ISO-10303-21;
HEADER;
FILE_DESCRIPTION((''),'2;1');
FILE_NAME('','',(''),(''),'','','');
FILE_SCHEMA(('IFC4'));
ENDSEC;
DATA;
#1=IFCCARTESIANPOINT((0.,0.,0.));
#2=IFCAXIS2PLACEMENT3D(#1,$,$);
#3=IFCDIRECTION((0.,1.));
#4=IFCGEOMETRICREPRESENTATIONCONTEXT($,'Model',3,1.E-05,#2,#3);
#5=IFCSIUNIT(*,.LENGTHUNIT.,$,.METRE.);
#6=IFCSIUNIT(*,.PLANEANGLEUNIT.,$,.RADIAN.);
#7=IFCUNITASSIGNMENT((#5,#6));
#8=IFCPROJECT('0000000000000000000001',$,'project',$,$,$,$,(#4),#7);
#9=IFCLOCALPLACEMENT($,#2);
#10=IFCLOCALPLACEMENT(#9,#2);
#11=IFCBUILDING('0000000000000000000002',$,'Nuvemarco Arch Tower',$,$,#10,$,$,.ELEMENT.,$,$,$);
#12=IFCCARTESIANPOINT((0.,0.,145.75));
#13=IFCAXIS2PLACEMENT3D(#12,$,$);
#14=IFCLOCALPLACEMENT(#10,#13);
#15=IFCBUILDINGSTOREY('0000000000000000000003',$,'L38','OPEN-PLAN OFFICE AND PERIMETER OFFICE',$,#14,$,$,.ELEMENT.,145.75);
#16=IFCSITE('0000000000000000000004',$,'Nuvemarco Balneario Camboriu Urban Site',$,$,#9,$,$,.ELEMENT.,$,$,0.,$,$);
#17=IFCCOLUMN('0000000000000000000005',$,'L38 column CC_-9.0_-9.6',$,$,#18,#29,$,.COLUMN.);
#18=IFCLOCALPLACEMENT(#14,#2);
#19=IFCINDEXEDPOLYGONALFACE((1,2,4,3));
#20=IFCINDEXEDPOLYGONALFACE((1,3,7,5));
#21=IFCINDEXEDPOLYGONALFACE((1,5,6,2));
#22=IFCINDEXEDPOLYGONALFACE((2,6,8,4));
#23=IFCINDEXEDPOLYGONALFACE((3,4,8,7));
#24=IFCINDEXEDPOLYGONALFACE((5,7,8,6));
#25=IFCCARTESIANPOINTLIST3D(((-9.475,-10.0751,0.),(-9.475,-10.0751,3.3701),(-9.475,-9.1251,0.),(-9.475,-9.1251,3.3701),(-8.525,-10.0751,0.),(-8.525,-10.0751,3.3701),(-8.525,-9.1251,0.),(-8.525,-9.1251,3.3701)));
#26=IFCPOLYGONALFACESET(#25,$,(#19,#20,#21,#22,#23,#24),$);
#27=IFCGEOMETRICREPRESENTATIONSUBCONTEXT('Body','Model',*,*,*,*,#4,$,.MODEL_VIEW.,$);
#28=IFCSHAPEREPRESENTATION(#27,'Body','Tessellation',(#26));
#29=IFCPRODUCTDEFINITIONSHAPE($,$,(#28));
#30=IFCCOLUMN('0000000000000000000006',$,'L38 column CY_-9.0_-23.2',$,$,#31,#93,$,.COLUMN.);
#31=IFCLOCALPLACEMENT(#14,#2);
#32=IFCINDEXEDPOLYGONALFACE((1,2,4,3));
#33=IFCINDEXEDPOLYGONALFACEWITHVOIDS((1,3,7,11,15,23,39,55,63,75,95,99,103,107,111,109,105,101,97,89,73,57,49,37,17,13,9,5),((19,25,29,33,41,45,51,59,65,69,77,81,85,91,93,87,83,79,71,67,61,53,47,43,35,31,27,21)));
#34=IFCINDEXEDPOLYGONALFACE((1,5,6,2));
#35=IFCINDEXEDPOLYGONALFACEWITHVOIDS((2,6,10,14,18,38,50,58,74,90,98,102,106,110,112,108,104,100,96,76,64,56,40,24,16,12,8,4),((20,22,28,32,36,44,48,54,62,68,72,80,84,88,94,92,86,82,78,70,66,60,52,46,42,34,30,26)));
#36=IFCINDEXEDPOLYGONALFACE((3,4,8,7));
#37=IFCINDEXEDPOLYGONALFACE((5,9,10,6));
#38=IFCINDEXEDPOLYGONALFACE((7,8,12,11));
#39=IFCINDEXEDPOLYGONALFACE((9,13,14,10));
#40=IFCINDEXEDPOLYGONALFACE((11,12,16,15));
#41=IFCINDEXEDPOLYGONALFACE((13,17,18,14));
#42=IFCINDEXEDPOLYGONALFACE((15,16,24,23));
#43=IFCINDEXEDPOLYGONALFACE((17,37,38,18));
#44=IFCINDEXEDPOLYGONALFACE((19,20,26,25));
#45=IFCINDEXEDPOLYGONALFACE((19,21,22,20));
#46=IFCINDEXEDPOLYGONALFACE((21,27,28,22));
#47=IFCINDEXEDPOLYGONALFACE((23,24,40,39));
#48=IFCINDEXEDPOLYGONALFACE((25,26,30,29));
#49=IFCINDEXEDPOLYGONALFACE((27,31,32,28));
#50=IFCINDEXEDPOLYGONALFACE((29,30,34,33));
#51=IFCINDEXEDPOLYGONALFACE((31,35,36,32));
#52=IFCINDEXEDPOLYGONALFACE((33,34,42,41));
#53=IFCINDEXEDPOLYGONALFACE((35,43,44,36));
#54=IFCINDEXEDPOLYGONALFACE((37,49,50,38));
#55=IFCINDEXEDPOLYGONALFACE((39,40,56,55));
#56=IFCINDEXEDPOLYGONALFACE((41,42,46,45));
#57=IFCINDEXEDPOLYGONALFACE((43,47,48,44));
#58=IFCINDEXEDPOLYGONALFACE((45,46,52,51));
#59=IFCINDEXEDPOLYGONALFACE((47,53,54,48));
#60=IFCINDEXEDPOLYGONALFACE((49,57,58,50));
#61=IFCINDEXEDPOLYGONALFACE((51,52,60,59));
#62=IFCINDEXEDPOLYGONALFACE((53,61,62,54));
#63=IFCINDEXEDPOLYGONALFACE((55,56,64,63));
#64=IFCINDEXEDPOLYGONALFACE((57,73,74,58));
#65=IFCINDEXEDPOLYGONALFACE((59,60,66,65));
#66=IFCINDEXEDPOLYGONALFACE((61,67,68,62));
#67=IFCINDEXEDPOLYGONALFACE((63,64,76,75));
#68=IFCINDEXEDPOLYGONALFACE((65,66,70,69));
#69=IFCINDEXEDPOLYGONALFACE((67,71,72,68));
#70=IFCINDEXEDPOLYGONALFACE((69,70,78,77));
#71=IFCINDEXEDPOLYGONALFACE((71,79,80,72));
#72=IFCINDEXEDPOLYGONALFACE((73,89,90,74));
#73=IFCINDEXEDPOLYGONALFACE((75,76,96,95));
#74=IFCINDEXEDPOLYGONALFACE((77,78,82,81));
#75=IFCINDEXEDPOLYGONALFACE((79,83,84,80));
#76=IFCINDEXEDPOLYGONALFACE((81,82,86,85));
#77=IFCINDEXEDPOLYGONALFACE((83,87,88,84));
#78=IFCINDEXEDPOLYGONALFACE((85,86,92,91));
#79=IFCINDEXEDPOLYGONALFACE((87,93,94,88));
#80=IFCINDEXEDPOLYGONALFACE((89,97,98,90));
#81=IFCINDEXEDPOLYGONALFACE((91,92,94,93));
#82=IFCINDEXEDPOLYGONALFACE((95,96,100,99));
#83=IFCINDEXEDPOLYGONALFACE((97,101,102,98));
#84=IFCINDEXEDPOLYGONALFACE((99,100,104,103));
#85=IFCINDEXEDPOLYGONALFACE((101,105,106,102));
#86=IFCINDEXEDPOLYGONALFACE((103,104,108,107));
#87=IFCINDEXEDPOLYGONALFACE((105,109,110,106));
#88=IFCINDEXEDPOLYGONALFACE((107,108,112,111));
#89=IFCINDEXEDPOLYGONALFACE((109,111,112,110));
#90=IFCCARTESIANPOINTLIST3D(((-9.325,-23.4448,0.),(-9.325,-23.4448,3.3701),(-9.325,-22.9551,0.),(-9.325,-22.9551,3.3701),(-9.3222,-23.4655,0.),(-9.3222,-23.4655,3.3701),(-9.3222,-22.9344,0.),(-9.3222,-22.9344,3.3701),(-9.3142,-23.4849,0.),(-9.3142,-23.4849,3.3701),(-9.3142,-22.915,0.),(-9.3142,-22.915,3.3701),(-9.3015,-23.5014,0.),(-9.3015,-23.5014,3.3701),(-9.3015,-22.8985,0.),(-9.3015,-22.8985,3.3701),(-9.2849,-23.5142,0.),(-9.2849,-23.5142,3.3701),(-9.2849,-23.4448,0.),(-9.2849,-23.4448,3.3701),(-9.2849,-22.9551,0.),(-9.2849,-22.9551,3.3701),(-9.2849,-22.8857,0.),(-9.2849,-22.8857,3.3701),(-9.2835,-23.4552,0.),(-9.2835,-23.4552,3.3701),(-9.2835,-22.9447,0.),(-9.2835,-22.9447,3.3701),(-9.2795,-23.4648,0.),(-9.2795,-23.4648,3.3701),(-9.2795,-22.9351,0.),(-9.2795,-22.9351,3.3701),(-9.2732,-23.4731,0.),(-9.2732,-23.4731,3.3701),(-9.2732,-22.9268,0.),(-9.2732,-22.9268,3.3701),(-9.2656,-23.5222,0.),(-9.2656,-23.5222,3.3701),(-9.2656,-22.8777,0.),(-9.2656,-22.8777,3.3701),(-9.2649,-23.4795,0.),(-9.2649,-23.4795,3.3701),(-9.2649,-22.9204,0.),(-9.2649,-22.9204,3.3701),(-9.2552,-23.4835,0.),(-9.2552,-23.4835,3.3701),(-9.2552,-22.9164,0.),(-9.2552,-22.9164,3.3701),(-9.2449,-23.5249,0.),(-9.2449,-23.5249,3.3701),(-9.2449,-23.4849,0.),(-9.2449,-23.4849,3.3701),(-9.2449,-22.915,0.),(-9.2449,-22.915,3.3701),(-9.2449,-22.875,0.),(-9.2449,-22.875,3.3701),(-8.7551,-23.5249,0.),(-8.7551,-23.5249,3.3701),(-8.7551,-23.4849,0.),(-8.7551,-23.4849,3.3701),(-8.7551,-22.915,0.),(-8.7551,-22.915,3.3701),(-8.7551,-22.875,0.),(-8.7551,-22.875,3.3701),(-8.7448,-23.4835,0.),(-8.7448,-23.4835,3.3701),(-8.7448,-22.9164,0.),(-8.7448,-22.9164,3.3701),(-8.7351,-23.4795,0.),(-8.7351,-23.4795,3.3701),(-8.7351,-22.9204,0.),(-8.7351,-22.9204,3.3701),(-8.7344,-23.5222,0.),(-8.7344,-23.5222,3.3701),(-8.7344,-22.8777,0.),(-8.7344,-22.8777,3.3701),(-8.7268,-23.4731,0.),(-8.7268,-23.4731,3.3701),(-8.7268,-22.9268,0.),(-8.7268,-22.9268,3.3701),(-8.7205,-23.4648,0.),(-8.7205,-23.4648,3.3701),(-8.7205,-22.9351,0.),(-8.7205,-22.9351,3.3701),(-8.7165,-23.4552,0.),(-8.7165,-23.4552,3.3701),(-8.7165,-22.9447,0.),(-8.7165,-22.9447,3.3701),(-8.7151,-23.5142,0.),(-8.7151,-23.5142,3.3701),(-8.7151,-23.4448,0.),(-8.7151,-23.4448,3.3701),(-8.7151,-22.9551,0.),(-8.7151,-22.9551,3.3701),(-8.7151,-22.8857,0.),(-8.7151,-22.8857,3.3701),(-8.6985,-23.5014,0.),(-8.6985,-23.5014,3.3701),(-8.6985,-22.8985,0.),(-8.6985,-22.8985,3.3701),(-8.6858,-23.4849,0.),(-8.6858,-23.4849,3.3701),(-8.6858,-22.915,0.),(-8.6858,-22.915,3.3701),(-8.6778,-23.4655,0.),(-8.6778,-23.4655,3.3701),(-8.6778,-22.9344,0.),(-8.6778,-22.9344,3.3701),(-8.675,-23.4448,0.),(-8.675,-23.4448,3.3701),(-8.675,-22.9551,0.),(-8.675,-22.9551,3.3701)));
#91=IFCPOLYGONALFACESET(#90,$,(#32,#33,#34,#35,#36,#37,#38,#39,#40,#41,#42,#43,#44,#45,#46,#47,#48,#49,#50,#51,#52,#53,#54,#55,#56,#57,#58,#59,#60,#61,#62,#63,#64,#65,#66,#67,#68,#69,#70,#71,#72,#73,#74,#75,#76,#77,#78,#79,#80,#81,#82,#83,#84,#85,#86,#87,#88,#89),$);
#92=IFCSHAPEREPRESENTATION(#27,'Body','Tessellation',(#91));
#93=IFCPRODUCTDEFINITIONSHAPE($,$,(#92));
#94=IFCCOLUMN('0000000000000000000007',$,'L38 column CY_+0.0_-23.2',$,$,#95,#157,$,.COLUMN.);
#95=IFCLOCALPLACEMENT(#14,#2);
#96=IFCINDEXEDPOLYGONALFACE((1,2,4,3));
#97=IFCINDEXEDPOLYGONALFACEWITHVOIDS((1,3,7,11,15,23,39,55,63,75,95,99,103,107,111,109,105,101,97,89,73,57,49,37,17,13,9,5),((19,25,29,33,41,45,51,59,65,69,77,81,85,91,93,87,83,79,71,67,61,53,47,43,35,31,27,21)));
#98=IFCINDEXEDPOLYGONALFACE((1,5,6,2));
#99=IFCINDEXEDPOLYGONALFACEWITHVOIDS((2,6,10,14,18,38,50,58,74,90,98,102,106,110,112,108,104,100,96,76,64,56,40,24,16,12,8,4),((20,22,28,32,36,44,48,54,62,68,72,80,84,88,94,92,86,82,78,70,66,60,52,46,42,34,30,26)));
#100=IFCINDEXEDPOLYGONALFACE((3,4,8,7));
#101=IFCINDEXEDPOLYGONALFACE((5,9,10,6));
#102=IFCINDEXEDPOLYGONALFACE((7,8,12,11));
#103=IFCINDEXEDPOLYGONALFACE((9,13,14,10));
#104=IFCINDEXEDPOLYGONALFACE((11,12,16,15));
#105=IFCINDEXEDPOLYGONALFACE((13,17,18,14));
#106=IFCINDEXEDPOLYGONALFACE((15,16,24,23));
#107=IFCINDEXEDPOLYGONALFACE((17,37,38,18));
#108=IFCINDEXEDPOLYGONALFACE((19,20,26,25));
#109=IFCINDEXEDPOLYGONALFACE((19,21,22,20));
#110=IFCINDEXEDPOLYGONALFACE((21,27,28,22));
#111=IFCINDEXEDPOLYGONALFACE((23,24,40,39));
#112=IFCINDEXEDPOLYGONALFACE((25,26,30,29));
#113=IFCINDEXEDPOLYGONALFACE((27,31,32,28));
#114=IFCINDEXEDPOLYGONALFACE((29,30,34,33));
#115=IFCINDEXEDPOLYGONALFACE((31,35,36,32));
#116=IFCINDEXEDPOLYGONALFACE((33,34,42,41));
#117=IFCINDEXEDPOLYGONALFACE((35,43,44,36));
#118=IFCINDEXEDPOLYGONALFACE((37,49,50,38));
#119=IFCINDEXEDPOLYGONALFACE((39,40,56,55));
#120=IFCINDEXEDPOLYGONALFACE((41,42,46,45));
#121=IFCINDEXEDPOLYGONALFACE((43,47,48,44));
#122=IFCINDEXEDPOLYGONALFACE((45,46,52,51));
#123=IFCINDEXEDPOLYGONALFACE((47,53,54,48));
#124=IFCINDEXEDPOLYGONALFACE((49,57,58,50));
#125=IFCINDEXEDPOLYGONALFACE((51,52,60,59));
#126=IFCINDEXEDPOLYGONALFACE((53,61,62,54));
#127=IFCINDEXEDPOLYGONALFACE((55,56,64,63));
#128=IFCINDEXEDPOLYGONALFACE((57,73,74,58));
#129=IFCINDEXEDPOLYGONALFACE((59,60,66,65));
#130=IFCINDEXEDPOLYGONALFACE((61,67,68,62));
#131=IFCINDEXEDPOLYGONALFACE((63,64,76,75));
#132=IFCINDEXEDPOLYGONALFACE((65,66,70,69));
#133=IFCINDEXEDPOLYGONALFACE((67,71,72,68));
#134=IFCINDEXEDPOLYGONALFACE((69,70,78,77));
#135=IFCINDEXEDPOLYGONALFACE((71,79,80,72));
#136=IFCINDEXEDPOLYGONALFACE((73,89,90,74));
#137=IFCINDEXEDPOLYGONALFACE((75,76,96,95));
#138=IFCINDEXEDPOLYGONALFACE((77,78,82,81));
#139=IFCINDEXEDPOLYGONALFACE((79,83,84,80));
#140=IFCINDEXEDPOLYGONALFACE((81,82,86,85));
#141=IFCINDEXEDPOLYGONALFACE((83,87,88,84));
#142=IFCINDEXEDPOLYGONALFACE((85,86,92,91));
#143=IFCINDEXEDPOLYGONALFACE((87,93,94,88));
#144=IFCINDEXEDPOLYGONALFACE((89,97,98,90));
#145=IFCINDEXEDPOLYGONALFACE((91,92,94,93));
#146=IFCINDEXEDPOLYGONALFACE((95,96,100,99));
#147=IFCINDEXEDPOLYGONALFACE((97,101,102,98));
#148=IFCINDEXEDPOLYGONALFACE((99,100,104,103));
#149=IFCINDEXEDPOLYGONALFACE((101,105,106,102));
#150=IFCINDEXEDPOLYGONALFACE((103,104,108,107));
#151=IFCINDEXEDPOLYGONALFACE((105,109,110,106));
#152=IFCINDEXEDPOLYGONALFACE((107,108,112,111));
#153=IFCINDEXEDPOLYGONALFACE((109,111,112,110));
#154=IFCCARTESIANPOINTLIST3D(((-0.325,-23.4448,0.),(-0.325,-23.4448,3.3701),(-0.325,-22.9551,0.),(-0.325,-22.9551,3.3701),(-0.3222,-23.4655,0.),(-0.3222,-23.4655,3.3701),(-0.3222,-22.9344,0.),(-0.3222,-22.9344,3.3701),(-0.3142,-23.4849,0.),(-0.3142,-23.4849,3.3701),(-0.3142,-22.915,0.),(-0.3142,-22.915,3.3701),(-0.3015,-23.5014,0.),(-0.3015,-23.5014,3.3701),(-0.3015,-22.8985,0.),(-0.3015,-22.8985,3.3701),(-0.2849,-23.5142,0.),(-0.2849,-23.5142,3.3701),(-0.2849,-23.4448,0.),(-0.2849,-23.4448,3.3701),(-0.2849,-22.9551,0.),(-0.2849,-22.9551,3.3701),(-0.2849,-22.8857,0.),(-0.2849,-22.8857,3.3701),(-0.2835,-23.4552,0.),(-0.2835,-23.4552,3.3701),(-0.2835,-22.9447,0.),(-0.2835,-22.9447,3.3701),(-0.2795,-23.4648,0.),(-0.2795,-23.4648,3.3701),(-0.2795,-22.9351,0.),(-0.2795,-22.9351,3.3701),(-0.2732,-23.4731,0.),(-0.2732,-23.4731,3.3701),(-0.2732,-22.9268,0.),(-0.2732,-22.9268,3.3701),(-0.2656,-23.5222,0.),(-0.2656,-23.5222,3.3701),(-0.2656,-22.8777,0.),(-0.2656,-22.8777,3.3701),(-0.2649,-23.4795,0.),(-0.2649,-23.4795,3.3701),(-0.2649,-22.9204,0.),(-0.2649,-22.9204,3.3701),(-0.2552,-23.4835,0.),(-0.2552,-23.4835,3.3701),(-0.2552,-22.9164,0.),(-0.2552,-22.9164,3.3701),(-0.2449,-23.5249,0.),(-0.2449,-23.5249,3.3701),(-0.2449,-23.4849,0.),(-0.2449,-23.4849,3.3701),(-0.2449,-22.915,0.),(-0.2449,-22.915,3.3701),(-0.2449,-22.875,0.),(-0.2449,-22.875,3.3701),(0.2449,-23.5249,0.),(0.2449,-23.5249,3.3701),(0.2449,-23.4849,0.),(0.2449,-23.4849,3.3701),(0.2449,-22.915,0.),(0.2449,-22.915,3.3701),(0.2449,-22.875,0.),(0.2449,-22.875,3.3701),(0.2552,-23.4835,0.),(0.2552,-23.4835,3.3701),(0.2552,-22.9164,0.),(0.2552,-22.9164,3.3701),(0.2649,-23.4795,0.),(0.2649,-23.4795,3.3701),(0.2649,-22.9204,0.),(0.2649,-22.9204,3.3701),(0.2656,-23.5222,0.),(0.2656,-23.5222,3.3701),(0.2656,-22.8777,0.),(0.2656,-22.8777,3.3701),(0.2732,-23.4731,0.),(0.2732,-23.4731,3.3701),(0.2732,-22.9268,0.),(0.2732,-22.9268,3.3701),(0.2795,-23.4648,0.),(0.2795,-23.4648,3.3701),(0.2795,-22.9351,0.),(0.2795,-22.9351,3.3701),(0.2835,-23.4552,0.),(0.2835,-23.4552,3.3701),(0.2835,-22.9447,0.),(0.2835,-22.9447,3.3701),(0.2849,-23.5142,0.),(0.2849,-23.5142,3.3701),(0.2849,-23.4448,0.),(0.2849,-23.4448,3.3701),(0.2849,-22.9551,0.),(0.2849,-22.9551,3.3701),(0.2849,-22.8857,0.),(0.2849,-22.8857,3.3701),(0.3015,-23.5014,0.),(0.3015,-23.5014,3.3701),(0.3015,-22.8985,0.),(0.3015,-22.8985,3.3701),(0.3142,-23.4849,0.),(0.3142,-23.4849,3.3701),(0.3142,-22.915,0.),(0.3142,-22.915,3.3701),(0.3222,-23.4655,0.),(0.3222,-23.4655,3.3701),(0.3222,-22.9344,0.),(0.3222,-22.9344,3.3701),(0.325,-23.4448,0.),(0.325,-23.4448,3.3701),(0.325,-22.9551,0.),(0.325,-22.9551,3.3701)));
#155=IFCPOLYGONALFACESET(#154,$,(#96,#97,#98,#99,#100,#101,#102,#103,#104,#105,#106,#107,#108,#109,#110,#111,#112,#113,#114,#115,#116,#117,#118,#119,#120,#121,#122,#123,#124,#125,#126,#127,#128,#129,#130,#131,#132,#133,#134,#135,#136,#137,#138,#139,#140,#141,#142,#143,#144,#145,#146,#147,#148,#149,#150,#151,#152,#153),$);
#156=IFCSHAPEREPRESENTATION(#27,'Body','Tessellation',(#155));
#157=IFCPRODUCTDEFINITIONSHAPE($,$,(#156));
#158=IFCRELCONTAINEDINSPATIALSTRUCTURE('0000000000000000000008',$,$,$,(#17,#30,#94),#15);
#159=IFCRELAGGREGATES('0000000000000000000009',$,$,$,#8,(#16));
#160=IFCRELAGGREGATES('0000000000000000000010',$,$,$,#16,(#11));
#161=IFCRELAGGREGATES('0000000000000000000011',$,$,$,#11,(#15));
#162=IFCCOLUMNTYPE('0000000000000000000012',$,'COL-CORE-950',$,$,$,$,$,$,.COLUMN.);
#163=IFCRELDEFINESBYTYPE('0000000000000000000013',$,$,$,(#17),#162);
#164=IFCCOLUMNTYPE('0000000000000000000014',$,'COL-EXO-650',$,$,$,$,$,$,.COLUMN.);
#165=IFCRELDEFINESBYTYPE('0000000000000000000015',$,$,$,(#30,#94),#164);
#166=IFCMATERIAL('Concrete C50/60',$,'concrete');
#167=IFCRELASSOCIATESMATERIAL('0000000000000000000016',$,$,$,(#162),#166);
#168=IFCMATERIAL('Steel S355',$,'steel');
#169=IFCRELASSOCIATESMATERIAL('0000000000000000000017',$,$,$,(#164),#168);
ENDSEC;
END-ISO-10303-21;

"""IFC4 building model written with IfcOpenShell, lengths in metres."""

from ifc_helpers import new_model, si_unit, direction, frame, origin, origin_2d, place, context, subcontext, project, spatial, rectangle, hollow_rectangle, extrude, material, material_profile, profile_set, type_object, element, save


model = new_model("IFC4")

# Units and contexts
model_context = context("Model", 3, precision=1e-05, world=origin(), true_north=direction((0.0, 1.0)))
body_context = subcontext(model_context, "Body", "Model", "MODEL_VIEW")
ifc_project = project(units=[si_unit("LENGTHUNIT", "METRE"), si_unit("PLANEANGLEUNIT", "RADIAN")], contexts=[model_context])

# Site, building, storey
site_placement = place(None, origin())
site = spatial("IfcSite", under=ifc_project, at=site_placement, Name="Nuvemarco Balneario Camboriu Urban Site", CompositionType="ELEMENT", RefElevation=0.0)
building_placement = place(site_placement, origin())
building = spatial("IfcBuilding", under=site, at=building_placement, Name="Nuvemarco Arch Tower", CompositionType="ELEMENT")
storey_placement = place(building_placement, frame((0.0, 0.0, 145.75)))
storey = spatial("IfcBuildingStorey", under=building, at=storey_placement, Name="L38", Description="OPEN-PLAN OFFICE AND PERIMETER OFFICE", CompositionType="ELEMENT", Elevation=145.75)

# Columns
ifc_material_1 = material(Name="Concrete C50/60", Category="concrete")
ifc_material_profile_1 = material_profile(ifc_material_1, rectangle(XDim=0.95, YDim=0.95, at=origin_2d()), Name="RC-COL-950x950")
ifc_profile_set_1 = profile_set([ifc_material_profile_1], Name="Concrete C50/60")
column_type_1 = type_object("IfcColumnType", Name="COL-CORE-950", PredefinedType="COLUMN", material=ifc_profile_set_1)
column_placement = place(storey_placement, frame((-9.0, -9.6001, 0.0), z_axis=(0.0, 0.0, 1.0), x_axis=(1.0, 0.0, 0.0)))
element("IfcColumn", 1, at=column_placement, inside=storey, type_object=column_type_1, Name="L38 column CC_-9.0_-9.6", PredefinedType="COLUMN", context=body_context, shape_type="SweptSolid", body=[
    extrude(rectangle(XDim=0.95, YDim=0.95, at=origin_2d()), origin(), (0.0, 0.0, 1.0), 3.3701),
])
ifc_material_2 = material(Name="Steel S355", Category="steel")
ifc_material_profile_2 = material_profile(ifc_material_2, hollow_rectangle(XDim=0.6499, YDim=0.6499, WallThickness=0.04, InnerFilletRadius=0.04, OuterFilletRadius=0.0801, at=origin_2d()), Name="SHS650x650x40")
ifc_profile_set_2 = profile_set([ifc_material_profile_2], Name="Steel S355")
column_type_2 = type_object("IfcColumnType", Name="COL-EXO-650", PredefinedType="COLUMN", material=ifc_profile_set_2)
for number, where, z_axis, x_axis, name in (
    (2, (-9.0, -23.2, 0.0), (0.0, 0.0, 1.0), (1.0, 0.0, 0.0), "L38 column CY_-9.0_-23.2"),
    (3, (0.0, -23.2, 0.0), (0.0, 0.0, 1.0), (1.0, 0.0, 0.0), "L38 column CY_+0.0_-23.2"),
):
    element("IfcColumn", number, at=place(storey_placement, frame(where, z_axis=z_axis, x_axis=x_axis)), inside=storey, type_object=column_type_2, Name=name, PredefinedType="COLUMN", context=body_context, shape_type="SweptSolid", body=[
        extrude(hollow_rectangle(XDim=0.6499, YDim=0.6499, WallThickness=0.04, InnerFilletRadius=0.04, OuterFilletRadius=0.0801, at=origin_2d()), origin(), (0.0, 0.0, 1.0), 3.3701),
    ])

save(model, "model.ifc")
